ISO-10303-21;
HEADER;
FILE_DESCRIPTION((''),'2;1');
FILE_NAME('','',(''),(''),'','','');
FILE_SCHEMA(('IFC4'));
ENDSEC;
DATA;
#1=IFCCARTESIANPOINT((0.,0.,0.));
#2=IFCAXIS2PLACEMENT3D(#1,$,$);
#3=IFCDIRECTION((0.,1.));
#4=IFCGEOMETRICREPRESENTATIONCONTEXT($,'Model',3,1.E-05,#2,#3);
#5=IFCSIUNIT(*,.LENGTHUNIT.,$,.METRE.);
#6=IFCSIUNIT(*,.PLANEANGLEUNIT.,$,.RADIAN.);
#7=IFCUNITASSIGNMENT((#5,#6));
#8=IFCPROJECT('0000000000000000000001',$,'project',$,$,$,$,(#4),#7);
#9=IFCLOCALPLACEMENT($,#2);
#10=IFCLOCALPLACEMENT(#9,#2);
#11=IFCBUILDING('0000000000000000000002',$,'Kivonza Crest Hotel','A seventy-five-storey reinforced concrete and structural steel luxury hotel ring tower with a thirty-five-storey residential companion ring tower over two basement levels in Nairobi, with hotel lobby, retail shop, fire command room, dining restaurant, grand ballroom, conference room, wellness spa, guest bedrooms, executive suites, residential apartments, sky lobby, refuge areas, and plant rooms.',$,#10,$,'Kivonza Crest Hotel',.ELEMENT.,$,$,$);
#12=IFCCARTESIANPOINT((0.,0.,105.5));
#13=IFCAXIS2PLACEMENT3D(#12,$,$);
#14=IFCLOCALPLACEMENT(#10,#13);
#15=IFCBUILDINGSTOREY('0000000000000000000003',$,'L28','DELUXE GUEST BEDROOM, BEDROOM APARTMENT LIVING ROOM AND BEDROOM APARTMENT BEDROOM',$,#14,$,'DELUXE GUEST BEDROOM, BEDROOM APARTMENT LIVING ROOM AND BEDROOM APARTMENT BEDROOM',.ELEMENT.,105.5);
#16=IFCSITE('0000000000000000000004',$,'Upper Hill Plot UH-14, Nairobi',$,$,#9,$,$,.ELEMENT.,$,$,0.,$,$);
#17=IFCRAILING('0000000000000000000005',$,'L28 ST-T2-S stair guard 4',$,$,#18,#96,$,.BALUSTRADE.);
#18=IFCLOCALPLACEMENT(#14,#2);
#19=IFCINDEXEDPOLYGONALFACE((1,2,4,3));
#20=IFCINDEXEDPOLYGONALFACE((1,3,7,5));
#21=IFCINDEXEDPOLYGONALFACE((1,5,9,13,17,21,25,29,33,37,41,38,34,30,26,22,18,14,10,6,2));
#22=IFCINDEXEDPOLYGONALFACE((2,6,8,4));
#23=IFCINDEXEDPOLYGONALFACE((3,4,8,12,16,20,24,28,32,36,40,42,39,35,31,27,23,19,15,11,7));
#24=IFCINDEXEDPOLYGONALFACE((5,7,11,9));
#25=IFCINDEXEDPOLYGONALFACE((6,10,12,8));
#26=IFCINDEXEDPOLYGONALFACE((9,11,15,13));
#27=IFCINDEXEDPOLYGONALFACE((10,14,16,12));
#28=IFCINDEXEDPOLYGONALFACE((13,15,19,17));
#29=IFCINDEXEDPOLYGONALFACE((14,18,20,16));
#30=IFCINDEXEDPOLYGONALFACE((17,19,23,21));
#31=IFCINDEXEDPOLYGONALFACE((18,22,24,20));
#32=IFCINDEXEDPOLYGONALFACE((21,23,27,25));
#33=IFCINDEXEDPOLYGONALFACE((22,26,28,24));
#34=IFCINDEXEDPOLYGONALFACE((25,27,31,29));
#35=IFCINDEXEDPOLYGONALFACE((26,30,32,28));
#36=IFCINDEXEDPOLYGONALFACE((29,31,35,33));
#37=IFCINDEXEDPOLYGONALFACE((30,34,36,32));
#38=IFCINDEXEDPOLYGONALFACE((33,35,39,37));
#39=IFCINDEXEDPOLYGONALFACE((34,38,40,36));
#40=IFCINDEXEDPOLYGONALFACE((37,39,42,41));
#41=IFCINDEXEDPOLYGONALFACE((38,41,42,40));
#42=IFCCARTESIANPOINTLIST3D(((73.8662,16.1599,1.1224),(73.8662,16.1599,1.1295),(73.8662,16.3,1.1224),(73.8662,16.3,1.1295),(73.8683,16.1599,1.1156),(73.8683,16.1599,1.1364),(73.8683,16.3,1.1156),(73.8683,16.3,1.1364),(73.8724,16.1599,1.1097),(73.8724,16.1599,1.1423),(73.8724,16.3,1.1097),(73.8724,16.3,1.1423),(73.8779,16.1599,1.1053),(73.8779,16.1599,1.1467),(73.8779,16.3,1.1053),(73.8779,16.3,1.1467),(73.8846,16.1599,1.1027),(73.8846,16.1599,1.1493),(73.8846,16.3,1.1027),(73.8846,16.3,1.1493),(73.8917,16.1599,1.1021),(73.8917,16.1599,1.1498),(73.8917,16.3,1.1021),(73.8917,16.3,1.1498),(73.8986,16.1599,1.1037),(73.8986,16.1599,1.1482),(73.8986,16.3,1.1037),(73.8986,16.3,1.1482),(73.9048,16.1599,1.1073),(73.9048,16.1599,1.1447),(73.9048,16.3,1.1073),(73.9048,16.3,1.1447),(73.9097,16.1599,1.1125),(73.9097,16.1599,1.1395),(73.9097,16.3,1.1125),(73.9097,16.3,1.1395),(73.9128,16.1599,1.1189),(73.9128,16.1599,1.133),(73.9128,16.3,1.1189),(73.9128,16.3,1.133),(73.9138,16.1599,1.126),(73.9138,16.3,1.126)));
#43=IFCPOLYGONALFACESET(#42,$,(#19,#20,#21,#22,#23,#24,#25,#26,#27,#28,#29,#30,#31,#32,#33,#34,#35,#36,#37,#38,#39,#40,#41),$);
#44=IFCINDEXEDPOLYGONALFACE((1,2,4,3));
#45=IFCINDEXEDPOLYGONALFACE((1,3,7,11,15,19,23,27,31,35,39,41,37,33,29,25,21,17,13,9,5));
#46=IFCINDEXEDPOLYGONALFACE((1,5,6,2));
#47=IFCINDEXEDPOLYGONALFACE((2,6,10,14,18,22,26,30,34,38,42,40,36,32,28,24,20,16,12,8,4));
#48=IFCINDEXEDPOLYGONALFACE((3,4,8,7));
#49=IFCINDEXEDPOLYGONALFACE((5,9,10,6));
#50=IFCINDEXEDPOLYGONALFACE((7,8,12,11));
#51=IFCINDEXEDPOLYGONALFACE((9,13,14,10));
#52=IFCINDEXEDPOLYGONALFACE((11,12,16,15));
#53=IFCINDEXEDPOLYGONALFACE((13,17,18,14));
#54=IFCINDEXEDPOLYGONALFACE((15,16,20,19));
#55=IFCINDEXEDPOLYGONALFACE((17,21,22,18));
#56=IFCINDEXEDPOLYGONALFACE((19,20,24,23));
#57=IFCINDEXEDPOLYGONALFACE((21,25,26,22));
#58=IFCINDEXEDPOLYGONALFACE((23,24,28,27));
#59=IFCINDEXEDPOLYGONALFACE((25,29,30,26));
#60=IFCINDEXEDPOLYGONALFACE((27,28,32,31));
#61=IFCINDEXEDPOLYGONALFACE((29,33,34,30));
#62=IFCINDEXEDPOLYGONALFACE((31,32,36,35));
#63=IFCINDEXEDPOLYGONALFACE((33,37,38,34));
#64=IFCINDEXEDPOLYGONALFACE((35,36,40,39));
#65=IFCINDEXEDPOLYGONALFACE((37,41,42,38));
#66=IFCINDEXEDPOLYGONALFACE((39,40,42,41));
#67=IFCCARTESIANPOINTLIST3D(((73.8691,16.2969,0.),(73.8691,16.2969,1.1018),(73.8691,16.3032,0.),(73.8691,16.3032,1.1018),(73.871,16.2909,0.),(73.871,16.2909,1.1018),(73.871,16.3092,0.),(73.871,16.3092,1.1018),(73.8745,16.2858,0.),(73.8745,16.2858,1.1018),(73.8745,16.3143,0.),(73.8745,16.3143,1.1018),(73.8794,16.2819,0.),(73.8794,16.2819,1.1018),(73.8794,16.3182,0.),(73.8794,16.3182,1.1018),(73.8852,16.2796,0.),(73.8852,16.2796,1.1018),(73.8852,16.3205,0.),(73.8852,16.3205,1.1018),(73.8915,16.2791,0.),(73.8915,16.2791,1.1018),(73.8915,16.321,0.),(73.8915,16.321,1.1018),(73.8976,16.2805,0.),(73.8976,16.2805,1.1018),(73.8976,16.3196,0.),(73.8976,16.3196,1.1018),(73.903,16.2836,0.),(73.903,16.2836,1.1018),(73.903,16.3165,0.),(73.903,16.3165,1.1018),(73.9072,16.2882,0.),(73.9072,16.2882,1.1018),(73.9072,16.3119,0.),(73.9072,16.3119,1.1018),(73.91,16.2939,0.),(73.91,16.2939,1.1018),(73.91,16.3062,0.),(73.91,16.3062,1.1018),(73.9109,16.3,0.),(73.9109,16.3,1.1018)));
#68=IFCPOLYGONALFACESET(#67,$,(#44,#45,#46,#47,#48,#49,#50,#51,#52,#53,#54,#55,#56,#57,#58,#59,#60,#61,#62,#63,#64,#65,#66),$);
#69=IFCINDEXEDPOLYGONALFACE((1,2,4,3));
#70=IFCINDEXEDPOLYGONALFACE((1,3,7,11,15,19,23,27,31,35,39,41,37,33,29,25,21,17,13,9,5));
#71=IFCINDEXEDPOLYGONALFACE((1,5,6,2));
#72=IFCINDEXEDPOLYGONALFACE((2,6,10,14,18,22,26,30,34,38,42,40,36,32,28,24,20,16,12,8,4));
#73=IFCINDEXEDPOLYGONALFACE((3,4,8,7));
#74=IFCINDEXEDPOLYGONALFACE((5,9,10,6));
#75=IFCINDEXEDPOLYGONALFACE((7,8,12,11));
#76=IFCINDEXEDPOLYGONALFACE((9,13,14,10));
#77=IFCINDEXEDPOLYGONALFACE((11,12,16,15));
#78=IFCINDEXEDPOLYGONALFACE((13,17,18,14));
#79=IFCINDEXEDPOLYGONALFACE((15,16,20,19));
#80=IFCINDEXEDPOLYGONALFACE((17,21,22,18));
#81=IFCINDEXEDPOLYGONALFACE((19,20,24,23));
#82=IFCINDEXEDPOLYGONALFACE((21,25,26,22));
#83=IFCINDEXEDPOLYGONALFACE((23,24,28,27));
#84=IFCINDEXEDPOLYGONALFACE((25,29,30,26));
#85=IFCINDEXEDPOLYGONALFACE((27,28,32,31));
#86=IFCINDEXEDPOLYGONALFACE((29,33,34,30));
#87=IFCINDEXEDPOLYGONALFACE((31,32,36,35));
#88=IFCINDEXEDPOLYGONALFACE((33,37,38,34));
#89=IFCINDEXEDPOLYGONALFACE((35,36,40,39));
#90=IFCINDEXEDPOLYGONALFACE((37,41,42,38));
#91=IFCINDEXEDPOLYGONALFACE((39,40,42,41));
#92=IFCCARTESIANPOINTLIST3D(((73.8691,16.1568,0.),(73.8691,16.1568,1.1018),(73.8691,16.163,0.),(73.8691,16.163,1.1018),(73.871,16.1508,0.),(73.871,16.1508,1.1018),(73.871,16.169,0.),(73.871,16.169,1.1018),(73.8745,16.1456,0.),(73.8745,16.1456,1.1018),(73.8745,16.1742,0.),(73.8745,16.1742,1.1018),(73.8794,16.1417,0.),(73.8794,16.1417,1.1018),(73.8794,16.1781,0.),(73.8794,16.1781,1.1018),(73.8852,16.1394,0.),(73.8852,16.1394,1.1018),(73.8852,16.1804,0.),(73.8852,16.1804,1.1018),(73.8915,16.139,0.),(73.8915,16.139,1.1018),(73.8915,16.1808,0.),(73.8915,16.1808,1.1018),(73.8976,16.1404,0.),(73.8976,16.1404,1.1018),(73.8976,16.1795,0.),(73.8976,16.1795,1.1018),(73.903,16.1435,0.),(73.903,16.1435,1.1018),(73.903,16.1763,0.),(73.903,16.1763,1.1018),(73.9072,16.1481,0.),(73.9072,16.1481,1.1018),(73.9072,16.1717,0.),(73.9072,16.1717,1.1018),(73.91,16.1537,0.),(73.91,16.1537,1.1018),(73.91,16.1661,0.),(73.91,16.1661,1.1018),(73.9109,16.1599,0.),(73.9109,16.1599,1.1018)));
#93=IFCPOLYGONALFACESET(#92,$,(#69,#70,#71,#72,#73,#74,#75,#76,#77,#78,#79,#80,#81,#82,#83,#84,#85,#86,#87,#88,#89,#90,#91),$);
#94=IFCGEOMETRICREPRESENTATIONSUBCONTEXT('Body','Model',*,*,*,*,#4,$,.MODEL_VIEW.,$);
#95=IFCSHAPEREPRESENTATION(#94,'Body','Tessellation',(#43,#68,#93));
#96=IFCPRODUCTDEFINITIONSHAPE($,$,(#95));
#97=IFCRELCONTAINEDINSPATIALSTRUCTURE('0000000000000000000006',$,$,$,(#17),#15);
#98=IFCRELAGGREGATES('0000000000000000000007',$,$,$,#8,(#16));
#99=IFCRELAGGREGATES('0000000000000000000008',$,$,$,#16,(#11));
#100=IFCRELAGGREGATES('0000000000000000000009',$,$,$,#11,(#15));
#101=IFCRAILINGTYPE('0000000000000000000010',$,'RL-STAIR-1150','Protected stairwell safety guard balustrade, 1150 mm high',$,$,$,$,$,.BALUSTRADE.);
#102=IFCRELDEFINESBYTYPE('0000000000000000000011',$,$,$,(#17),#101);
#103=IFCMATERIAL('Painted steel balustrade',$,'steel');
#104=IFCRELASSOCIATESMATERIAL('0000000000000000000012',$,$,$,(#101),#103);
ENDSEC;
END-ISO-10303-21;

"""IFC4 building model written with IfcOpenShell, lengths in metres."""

from ifc_helpers import new_model, si_unit, direction, frame, origin, origin_2d, place, context, subcontext, project, spatial, circle, extrude, material, type_object, element, save


model = new_model("IFC4")

# Units and contexts
model_context = context("Model", 3, precision=1e-05, world=origin(), true_north=direction((0.0, 1.0)))
body_context = subcontext(model_context, "Body", "Model", "MODEL_VIEW")
ifc_project = project(units=[si_unit("LENGTHUNIT", "METRE"), si_unit("PLANEANGLEUNIT", "RADIAN")], contexts=[model_context])

# Site, building, storey
site_placement = place(None, origin())
site = spatial("IfcSite", under=ifc_project, at=site_placement, Name="Upper Hill Plot UH-14, Nairobi", CompositionType="ELEMENT", RefElevation=0.0)
building_placement = place(site_placement, origin())
building = spatial("IfcBuilding", under=site, at=building_placement, Name="Kivonza Crest Hotel", Description="A seventy-five-storey reinforced concrete and structural steel luxury hotel ring tower with a thirty-five-storey residential companion ring tower over two basement levels in Nairobi, with hotel lobby, retail shop, fire command room, dining restaurant, grand ballroom, conference room, wellness spa, guest bedrooms, executive suites, residential apartments, sky lobby, refuge areas, and plant rooms.", LongName="Kivonza Crest Hotel", CompositionType="ELEMENT")
storey_placement = place(building_placement, frame((0.0, 0.0, 105.5)))
storey = spatial("IfcBuildingStorey", under=building, at=storey_placement, Name="L28", Description="DELUXE GUEST BEDROOM, BEDROOM APARTMENT LIVING ROOM AND BEDROOM APARTMENT BEDROOM", LongName="DELUXE GUEST BEDROOM, BEDROOM APARTMENT LIVING ROOM AND BEDROOM APARTMENT BEDROOM", CompositionType="ELEMENT", Elevation=105.5)

# Railing
ifc_material_1 = material(Name="Painted steel balustrade", Category="steel")
railing_type_1 = type_object("IfcRailingType", Name="RL-STAIR-1150", Description="Protected stairwell safety guard balustrade, 1150 mm high", PredefinedType="BALUSTRADE", material=ifc_material_1)
railing_1_placement = place(storey_placement, frame((73.8899, 16.3, 0.0)))
element("IfcRailing", 1, at=railing_1_placement, inside=storey, type_object=railing_type_1, Name="L28 ST-T2-S stair guard 4", PredefinedType="BALUSTRADE", context=body_context, shape_type="SweptSolid", body=[
    extrude(circle(Radius=0.0239, at=origin_2d()), frame((0.0, 0.0, 1.126), z_axis=(0.0, -1.0, 0.0), x_axis=(1.0, 0.0, 0.0)), (0.0, 0.0, 1.0), 0.1401),
    extrude(circle(Radius=0.021, at=origin_2d()), origin(), (0.0, 0.0, 1.0), 1.1018),
    extrude(circle(Radius=0.021, at=origin_2d()), frame((0.0, -0.1401, 0.0)), (0.0, 0.0, 1.0), 1.1018),
])

save(model, "model.ifc")
